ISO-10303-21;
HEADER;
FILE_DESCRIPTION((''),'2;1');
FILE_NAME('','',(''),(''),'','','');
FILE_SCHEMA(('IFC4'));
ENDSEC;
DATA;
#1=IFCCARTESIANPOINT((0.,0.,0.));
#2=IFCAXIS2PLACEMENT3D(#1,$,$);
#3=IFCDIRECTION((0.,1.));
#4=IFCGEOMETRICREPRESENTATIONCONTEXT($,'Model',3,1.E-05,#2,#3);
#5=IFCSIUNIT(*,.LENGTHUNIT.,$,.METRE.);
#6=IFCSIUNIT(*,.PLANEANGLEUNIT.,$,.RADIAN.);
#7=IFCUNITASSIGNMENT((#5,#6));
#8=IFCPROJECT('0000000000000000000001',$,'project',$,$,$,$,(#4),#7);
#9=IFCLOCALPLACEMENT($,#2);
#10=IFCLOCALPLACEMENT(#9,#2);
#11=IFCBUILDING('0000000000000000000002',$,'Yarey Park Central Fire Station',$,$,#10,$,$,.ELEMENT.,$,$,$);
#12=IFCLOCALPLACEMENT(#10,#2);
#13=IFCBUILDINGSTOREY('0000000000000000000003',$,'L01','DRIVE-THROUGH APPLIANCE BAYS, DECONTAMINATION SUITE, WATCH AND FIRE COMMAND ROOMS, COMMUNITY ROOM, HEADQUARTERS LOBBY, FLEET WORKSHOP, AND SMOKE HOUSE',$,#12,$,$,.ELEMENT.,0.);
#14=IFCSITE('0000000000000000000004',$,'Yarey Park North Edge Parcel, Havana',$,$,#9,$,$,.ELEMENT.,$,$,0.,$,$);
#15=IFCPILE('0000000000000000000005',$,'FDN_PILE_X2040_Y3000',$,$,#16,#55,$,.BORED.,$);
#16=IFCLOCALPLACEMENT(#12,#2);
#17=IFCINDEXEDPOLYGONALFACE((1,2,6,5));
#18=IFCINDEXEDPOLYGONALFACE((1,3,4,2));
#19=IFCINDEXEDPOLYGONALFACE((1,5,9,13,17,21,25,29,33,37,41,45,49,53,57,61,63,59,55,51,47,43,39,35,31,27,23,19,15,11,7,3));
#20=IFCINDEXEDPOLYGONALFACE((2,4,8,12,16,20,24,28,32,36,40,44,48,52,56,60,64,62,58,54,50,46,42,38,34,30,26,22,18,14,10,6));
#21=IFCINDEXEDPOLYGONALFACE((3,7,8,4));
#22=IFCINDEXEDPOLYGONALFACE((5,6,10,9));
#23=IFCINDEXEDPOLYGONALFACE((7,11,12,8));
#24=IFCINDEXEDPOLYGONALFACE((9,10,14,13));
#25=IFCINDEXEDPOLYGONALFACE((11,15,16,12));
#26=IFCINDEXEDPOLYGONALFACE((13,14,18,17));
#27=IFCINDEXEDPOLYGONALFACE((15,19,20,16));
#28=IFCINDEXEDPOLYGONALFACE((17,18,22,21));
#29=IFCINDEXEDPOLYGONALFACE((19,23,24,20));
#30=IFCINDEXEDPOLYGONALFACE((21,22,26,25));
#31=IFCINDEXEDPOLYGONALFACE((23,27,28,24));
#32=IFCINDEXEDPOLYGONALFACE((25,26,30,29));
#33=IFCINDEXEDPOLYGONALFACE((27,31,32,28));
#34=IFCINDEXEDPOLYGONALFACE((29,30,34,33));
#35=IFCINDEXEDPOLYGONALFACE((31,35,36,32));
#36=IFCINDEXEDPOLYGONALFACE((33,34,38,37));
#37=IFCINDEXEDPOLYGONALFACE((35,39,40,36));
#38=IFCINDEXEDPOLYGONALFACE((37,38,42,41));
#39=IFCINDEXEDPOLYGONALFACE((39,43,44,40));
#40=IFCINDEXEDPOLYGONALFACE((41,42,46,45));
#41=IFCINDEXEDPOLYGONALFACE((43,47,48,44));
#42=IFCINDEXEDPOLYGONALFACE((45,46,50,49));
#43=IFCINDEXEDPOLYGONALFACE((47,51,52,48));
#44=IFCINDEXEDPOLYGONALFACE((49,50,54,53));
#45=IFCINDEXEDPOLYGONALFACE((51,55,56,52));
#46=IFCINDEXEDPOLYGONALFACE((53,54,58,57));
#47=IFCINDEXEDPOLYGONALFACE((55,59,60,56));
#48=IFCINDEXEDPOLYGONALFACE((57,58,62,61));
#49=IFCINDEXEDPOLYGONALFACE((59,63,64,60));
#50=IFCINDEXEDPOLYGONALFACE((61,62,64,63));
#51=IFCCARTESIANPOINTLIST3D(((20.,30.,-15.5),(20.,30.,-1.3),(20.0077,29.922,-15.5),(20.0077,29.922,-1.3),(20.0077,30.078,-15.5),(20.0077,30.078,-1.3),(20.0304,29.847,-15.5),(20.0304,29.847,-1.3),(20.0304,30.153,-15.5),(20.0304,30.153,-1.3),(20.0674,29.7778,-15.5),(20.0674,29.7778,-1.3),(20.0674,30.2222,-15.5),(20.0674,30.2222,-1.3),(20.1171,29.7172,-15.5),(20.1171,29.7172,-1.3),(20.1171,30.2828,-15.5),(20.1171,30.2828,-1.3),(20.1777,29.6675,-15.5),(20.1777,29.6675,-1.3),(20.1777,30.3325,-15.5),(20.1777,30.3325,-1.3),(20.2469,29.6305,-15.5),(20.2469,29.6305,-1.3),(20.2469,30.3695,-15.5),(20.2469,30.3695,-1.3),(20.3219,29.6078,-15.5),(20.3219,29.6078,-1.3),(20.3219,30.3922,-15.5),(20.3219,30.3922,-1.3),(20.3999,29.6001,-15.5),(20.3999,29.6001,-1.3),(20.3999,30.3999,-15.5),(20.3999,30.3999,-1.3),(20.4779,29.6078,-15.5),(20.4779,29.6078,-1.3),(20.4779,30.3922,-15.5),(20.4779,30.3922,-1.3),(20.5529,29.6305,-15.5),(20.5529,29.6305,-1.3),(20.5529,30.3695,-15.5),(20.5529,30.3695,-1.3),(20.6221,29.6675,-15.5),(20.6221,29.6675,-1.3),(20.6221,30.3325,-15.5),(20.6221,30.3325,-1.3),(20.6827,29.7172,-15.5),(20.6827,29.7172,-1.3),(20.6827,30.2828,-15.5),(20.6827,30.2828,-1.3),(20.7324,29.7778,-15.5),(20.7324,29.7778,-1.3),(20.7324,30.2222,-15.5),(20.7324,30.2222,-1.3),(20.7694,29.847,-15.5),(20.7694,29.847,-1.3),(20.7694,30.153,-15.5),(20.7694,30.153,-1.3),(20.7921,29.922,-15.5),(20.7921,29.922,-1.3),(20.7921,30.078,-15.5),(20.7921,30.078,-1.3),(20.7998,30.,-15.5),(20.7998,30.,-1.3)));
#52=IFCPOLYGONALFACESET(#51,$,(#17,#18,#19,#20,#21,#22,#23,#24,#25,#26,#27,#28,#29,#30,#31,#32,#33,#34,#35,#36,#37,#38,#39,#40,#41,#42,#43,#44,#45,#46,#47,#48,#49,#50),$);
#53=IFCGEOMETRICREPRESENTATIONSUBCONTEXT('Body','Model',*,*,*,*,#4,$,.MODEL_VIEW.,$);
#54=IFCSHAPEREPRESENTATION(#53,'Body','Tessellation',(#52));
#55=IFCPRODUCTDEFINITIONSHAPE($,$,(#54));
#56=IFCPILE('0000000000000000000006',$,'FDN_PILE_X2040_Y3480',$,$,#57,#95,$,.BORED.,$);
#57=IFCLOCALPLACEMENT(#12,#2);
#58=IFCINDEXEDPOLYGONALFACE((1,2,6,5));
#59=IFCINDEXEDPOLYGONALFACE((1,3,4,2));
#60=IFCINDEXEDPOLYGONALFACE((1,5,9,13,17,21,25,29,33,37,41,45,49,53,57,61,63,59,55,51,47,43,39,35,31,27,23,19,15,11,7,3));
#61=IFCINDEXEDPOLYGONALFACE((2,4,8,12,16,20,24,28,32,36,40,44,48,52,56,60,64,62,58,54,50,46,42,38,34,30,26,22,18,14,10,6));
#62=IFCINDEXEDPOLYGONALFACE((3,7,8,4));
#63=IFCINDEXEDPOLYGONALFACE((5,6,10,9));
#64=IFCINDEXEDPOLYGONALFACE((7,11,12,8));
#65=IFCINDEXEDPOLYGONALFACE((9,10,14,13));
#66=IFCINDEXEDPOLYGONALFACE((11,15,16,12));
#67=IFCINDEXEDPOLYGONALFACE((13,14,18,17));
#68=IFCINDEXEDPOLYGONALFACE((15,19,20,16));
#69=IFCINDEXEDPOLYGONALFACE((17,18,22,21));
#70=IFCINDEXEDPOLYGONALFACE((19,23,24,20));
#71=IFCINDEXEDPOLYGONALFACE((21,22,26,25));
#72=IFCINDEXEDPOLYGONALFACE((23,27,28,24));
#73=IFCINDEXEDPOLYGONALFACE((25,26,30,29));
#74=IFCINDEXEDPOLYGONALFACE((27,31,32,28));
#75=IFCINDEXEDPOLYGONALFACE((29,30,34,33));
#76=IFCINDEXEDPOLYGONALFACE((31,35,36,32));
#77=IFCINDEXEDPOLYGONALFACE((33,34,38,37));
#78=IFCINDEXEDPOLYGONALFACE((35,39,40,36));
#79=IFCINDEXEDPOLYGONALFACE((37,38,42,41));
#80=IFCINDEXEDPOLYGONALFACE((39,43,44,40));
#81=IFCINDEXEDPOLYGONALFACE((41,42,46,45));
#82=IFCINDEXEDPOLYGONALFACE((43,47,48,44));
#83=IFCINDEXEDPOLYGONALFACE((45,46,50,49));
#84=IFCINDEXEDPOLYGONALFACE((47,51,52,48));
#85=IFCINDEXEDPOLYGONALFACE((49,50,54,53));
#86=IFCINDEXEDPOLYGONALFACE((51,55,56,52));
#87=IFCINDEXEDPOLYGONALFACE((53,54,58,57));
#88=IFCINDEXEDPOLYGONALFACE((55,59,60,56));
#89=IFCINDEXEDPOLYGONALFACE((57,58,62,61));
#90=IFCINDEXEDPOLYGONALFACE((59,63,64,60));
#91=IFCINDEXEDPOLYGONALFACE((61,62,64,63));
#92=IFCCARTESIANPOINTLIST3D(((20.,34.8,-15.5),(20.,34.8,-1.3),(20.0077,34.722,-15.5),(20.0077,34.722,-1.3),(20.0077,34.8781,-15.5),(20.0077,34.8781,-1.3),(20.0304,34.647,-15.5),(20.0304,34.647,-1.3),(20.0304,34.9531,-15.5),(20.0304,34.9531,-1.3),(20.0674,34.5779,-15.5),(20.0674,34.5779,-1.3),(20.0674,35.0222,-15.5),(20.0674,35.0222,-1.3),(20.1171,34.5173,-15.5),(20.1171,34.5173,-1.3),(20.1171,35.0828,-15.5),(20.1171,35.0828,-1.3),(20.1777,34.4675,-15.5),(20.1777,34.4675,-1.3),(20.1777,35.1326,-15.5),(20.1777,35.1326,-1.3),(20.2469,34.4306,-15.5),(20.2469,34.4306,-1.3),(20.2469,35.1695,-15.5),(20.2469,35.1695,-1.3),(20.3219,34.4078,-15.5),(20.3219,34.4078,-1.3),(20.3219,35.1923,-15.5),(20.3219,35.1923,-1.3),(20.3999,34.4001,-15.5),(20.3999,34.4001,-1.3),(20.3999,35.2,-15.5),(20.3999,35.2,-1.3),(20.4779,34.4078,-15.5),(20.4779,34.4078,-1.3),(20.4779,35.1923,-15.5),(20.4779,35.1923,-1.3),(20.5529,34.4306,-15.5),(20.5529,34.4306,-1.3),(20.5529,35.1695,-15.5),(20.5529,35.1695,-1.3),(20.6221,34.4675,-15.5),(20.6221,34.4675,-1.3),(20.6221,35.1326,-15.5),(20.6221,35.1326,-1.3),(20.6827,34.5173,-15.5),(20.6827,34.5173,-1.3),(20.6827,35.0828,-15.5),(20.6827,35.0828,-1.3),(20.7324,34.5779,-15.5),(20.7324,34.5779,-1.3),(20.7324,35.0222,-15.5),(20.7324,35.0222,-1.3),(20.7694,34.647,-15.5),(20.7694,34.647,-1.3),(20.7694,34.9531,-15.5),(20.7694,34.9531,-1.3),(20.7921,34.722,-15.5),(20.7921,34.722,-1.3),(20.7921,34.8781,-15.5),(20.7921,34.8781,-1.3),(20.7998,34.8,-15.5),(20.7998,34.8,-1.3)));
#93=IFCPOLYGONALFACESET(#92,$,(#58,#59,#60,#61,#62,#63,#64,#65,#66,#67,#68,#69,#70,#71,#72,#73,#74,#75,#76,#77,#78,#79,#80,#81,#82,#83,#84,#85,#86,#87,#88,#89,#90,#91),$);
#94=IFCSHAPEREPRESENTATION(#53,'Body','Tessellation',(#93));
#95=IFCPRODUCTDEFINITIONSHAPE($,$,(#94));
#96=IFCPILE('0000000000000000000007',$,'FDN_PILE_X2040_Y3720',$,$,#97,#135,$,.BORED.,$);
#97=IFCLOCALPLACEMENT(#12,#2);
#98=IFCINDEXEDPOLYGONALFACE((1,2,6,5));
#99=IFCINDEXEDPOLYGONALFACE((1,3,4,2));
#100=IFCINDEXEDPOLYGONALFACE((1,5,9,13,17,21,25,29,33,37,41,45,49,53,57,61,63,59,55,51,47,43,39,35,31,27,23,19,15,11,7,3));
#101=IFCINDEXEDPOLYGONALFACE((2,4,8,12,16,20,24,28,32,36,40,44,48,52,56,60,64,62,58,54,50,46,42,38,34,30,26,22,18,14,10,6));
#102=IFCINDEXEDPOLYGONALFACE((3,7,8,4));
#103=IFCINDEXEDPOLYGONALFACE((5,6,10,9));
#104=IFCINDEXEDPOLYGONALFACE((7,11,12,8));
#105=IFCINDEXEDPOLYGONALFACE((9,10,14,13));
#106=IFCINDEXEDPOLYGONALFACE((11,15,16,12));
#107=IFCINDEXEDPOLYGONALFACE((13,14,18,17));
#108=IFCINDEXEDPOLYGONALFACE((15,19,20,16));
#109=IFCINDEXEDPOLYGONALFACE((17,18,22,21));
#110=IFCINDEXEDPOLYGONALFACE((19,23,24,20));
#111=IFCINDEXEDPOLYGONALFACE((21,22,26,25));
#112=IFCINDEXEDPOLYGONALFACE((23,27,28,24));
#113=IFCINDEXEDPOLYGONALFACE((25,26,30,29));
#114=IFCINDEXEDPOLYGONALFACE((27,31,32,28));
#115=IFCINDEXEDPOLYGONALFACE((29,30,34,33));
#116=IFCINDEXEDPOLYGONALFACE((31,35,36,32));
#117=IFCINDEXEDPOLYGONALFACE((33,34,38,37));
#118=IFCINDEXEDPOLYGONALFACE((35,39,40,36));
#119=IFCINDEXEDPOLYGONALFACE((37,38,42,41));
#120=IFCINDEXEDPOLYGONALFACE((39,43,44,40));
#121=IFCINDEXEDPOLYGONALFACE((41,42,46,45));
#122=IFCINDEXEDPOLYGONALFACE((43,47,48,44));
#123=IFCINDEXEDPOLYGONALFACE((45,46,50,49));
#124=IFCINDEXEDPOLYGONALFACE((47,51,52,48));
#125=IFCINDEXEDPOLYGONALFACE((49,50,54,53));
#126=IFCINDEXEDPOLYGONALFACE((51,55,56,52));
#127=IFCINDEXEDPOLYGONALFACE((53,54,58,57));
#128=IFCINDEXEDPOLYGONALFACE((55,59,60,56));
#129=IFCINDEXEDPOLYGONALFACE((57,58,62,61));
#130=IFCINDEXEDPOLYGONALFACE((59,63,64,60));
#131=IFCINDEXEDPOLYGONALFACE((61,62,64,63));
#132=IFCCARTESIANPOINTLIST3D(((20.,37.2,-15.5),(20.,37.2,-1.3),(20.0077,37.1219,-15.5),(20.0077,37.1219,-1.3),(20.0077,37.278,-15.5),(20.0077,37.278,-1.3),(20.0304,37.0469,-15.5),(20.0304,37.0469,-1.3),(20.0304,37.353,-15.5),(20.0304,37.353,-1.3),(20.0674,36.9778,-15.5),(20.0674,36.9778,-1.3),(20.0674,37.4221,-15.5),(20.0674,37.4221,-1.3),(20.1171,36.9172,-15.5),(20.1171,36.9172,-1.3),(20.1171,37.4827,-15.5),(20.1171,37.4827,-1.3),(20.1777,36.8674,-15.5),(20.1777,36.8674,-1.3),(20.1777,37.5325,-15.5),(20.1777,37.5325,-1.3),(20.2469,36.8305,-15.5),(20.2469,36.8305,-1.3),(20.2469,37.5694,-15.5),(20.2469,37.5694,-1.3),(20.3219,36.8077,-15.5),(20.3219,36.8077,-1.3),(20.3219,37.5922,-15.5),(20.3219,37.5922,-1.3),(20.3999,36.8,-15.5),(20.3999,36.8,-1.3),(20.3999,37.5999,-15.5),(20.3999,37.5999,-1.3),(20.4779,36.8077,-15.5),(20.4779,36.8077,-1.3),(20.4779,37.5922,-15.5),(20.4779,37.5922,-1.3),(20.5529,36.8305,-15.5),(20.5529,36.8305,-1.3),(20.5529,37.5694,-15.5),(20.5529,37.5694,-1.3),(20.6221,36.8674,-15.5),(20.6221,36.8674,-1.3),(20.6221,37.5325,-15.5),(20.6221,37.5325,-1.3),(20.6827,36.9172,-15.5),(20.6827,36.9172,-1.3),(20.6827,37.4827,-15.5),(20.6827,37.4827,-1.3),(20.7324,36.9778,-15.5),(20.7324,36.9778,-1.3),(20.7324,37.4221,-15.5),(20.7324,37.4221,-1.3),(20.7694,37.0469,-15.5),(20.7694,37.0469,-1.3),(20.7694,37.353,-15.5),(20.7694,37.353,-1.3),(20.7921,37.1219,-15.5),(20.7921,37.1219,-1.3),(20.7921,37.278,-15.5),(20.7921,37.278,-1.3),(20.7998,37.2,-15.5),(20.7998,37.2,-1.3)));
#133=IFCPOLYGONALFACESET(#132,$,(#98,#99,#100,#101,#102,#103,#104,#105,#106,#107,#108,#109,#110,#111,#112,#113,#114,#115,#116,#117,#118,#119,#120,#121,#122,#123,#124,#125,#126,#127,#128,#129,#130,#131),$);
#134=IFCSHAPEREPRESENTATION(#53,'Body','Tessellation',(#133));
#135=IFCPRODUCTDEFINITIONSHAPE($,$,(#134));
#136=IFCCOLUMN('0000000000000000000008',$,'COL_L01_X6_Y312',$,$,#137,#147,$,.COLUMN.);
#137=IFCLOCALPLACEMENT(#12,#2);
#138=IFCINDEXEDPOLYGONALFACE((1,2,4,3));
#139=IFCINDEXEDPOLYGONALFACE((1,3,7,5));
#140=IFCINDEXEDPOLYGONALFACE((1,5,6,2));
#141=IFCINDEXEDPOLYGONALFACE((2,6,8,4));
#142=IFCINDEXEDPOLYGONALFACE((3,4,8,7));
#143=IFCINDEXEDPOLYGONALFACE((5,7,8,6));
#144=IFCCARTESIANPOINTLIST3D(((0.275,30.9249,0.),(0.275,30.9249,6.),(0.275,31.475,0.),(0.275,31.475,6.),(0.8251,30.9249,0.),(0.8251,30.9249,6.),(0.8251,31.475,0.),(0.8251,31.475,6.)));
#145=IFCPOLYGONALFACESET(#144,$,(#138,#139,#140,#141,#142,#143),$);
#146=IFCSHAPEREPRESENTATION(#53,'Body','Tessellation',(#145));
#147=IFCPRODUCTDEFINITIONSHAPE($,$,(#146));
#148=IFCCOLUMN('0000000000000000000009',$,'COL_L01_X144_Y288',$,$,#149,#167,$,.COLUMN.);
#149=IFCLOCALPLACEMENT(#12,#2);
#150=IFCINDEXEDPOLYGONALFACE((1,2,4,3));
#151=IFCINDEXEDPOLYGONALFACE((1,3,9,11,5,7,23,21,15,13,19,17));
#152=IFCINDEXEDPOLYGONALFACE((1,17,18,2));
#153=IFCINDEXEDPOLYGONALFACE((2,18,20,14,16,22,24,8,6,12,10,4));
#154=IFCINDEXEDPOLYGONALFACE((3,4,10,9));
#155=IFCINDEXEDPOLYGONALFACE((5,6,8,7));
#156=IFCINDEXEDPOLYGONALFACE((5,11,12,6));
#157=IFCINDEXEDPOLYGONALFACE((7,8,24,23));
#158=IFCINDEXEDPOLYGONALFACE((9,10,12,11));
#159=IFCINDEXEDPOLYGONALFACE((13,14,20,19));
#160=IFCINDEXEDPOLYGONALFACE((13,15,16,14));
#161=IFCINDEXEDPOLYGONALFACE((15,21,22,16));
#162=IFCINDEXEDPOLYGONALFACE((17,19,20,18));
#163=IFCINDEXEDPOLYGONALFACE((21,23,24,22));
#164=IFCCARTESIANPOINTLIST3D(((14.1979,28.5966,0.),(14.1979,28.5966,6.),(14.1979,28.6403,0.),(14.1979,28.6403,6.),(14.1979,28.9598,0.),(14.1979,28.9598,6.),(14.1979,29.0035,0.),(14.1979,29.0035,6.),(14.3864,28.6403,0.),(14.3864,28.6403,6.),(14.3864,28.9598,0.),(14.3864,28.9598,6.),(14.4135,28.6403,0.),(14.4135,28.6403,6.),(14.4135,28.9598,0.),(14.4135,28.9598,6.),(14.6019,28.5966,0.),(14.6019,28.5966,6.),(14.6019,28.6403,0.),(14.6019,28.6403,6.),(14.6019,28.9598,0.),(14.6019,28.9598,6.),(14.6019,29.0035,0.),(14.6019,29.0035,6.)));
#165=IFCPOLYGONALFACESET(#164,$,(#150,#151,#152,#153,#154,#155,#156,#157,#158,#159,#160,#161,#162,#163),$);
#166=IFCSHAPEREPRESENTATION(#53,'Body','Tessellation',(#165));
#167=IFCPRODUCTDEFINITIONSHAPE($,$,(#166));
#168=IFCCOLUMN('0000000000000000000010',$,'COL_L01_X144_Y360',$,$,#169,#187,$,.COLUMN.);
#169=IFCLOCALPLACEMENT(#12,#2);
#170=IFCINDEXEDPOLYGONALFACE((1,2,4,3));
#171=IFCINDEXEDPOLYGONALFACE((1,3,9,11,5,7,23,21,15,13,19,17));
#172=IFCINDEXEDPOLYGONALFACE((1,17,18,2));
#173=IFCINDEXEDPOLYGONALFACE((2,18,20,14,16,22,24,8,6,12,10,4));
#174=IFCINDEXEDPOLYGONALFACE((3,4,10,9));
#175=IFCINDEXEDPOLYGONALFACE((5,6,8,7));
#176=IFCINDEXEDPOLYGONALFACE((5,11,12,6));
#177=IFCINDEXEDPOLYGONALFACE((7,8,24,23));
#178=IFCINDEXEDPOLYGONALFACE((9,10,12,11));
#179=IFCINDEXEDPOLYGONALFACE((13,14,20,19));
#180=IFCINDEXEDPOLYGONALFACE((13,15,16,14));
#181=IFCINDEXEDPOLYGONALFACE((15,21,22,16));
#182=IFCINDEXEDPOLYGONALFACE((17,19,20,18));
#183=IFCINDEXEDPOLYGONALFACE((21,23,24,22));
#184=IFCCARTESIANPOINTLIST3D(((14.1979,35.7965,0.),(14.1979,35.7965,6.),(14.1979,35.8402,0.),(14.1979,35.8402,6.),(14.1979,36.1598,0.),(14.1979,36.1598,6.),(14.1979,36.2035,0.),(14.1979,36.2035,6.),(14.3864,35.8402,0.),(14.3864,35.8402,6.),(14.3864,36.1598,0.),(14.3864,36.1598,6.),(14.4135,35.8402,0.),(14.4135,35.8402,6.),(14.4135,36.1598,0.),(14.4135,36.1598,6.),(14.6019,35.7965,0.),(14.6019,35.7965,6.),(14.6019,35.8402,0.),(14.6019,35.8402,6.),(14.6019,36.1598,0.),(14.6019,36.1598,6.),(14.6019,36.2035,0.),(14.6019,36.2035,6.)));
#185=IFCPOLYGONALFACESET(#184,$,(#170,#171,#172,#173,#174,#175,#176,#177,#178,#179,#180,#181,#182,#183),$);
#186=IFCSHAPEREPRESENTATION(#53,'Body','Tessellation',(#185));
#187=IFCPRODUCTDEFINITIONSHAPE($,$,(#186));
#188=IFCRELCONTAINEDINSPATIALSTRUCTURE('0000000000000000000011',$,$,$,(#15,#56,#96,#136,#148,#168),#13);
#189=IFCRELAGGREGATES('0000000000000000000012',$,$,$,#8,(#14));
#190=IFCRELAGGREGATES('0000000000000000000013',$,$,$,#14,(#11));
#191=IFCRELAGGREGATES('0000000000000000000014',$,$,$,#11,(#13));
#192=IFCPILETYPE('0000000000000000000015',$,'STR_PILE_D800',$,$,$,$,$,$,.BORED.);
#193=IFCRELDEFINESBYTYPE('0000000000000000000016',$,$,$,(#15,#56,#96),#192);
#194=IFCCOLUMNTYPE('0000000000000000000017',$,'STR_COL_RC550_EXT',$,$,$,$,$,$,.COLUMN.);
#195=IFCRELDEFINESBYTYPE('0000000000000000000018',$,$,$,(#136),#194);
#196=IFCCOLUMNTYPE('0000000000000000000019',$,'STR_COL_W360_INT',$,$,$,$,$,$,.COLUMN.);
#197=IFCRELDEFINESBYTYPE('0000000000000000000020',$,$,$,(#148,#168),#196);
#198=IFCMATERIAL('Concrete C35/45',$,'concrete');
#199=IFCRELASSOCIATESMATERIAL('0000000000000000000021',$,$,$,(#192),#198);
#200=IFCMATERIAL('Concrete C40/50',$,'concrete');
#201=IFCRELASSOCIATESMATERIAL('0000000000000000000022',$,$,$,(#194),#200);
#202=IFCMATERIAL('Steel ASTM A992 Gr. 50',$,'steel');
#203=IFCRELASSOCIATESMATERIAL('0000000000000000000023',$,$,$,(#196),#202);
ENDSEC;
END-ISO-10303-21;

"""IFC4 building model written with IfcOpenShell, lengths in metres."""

from ifc_helpers import new_model, si_unit, direction, frame, origin, origin_2d, place, context, subcontext, project, spatial, rectangle, circle, i_section, extrude, material, material_profile, profile_set, type_object, element, save


model = new_model("IFC4")

# Units and contexts
model_context = context("Model", 3, precision=1e-05, world=origin(), true_north=direction((0.0, 1.0)))
body_context = subcontext(model_context, "Body", "Model", "MODEL_VIEW")
ifc_project = project(units=[si_unit("LENGTHUNIT", "METRE"), si_unit("PLANEANGLEUNIT", "RADIAN")], contexts=[model_context])

# Site, building, storey
site_placement = place(None, origin())
site = spatial("IfcSite", under=ifc_project, at=site_placement, Name="Yarey Park North Edge Parcel, Havana", CompositionType="ELEMENT", RefElevation=0.0)
building_placement = place(site_placement, origin())
building = spatial("IfcBuilding", under=site, at=building_placement, Name="Yarey Park Central Fire Station", CompositionType="ELEMENT")
storey_placement = place(building_placement, origin())
storey = spatial("IfcBuildingStorey", under=building, at=storey_placement, Name="L01", Description="DRIVE-THROUGH APPLIANCE BAYS, DECONTAMINATION SUITE, WATCH AND FIRE COMMAND ROOMS, COMMUNITY ROOM, HEADQUARTERS LOBBY, FLEET WORKSHOP, AND SMOKE HOUSE", CompositionType="ELEMENT", Elevation=0.0)

# Shared definitions
ifc_material_1 = material(Name="Concrete C35/45", Category="concrete")

# Piles
ifc_material_profile_1 = material_profile(ifc_material_1, circle(Radius=0.3999, at=origin_2d()), Name="BORED PILE D800")
ifc_profile_set_1 = profile_set([ifc_material_profile_1], Name="Concrete C35/45")
pile_type = type_object("IfcPileType", Name="STR_PILE_D800", PredefinedType="BORED", material=ifc_profile_set_1)
for number, where, z_axis, x_axis, name in (
    (1, (20.3999, 30.0, -1.3), (0.0, 0.0, -1.0), (1.0, 0.0, 0.0), "FDN_PILE_X2040_Y3000"),
    (2, (20.3999, 34.8, -1.3), (0.0, 0.0, -1.0), (1.0, 0.0, 0.0), "FDN_PILE_X2040_Y3480"),
    (3, (20.3999, 37.2, -1.3), (0.0, 0.0, -1.0), (1.0, 0.0, 0.0), "FDN_PILE_X2040_Y3720"),
):
    element("IfcPile", number, at=place(storey_placement, frame(where, z_axis=z_axis, x_axis=x_axis)), inside=storey, type_object=pile_type, Name=name, PredefinedType="BORED", context=body_context, shape_type="SweptSolid", body=[
        extrude(circle(Radius=0.3999, at=origin_2d()), origin(), (0.0, 0.0, 1.0), 14.2),
    ])

# Columns
ifc_material_2 = material(Name="Concrete C40/50", Category="concrete")
ifc_material_profile_2 = material_profile(ifc_material_2, rectangle(XDim=0.55, YDim=0.55, at=origin_2d()), Name="RC 550x550")
ifc_profile_set_2 = profile_set([ifc_material_profile_2], Name="Concrete C40/50")
column_type_1 = type_object("IfcColumnType", Name="STR_COL_RC550_EXT", PredefinedType="COLUMN", material=ifc_profile_set_2)
column_placement = place(storey_placement, frame((0.55, 31.2, 0.0), z_axis=(0.0, 0.0, 1.0), x_axis=(1.0, 0.0, 0.0)))
element("IfcColumn", 4, at=column_placement, inside=storey, type_object=column_type_1, Name="COL_L01_X6_Y312", PredefinedType="COLUMN", context=body_context, shape_type="SweptSolid", body=[
    extrude(rectangle(XDim=0.55, YDim=0.55, at=origin_2d()), origin(), (0.0, 0.0, 1.0), 6.0),
])
ifc_material_3 = material(Name="Steel ASTM A992 Gr. 50", Category="steel")
ifc_material_profile_3 = material_profile(ifc_material_3, i_section(OverallWidth=0.4041, OverallDepth=0.407, WebThickness=0.0271, FlangeThickness=0.0437, at=origin_2d()), Name="W360x347")
ifc_profile_set_3 = profile_set([ifc_material_profile_3], Name="Steel ASTM A992 Gr. 50")
column_type_2 = type_object("IfcColumnType", Name="STR_COL_W360_INT", PredefinedType="COLUMN", material=ifc_profile_set_3)
for number, where, z_axis, x_axis, name in (
    (5, (14.3999, 28.8, 0.0), (0.0, 0.0, 1.0), (1.0, 0.0, 0.0), "COL_L01_X144_Y288"),
    (6, (14.3999, 36.0, 0.0), (0.0, 0.0, 1.0), (1.0, 0.0, 0.0), "COL_L01_X144_Y360"),
):
    element("IfcColumn", number, at=place(storey_placement, frame(where, z_axis=z_axis, x_axis=x_axis)), inside=storey, type_object=column_type_2, Name=name, PredefinedType="COLUMN", context=body_context, shape_type="SweptSolid", body=[
        extrude(i_section(OverallWidth=0.4041, OverallDepth=0.407, WebThickness=0.0271, FlangeThickness=0.0437, at=origin_2d()), origin(), (0.0, 0.0, 1.0), 6.0),
    ])

save(model, "model.ifc")
